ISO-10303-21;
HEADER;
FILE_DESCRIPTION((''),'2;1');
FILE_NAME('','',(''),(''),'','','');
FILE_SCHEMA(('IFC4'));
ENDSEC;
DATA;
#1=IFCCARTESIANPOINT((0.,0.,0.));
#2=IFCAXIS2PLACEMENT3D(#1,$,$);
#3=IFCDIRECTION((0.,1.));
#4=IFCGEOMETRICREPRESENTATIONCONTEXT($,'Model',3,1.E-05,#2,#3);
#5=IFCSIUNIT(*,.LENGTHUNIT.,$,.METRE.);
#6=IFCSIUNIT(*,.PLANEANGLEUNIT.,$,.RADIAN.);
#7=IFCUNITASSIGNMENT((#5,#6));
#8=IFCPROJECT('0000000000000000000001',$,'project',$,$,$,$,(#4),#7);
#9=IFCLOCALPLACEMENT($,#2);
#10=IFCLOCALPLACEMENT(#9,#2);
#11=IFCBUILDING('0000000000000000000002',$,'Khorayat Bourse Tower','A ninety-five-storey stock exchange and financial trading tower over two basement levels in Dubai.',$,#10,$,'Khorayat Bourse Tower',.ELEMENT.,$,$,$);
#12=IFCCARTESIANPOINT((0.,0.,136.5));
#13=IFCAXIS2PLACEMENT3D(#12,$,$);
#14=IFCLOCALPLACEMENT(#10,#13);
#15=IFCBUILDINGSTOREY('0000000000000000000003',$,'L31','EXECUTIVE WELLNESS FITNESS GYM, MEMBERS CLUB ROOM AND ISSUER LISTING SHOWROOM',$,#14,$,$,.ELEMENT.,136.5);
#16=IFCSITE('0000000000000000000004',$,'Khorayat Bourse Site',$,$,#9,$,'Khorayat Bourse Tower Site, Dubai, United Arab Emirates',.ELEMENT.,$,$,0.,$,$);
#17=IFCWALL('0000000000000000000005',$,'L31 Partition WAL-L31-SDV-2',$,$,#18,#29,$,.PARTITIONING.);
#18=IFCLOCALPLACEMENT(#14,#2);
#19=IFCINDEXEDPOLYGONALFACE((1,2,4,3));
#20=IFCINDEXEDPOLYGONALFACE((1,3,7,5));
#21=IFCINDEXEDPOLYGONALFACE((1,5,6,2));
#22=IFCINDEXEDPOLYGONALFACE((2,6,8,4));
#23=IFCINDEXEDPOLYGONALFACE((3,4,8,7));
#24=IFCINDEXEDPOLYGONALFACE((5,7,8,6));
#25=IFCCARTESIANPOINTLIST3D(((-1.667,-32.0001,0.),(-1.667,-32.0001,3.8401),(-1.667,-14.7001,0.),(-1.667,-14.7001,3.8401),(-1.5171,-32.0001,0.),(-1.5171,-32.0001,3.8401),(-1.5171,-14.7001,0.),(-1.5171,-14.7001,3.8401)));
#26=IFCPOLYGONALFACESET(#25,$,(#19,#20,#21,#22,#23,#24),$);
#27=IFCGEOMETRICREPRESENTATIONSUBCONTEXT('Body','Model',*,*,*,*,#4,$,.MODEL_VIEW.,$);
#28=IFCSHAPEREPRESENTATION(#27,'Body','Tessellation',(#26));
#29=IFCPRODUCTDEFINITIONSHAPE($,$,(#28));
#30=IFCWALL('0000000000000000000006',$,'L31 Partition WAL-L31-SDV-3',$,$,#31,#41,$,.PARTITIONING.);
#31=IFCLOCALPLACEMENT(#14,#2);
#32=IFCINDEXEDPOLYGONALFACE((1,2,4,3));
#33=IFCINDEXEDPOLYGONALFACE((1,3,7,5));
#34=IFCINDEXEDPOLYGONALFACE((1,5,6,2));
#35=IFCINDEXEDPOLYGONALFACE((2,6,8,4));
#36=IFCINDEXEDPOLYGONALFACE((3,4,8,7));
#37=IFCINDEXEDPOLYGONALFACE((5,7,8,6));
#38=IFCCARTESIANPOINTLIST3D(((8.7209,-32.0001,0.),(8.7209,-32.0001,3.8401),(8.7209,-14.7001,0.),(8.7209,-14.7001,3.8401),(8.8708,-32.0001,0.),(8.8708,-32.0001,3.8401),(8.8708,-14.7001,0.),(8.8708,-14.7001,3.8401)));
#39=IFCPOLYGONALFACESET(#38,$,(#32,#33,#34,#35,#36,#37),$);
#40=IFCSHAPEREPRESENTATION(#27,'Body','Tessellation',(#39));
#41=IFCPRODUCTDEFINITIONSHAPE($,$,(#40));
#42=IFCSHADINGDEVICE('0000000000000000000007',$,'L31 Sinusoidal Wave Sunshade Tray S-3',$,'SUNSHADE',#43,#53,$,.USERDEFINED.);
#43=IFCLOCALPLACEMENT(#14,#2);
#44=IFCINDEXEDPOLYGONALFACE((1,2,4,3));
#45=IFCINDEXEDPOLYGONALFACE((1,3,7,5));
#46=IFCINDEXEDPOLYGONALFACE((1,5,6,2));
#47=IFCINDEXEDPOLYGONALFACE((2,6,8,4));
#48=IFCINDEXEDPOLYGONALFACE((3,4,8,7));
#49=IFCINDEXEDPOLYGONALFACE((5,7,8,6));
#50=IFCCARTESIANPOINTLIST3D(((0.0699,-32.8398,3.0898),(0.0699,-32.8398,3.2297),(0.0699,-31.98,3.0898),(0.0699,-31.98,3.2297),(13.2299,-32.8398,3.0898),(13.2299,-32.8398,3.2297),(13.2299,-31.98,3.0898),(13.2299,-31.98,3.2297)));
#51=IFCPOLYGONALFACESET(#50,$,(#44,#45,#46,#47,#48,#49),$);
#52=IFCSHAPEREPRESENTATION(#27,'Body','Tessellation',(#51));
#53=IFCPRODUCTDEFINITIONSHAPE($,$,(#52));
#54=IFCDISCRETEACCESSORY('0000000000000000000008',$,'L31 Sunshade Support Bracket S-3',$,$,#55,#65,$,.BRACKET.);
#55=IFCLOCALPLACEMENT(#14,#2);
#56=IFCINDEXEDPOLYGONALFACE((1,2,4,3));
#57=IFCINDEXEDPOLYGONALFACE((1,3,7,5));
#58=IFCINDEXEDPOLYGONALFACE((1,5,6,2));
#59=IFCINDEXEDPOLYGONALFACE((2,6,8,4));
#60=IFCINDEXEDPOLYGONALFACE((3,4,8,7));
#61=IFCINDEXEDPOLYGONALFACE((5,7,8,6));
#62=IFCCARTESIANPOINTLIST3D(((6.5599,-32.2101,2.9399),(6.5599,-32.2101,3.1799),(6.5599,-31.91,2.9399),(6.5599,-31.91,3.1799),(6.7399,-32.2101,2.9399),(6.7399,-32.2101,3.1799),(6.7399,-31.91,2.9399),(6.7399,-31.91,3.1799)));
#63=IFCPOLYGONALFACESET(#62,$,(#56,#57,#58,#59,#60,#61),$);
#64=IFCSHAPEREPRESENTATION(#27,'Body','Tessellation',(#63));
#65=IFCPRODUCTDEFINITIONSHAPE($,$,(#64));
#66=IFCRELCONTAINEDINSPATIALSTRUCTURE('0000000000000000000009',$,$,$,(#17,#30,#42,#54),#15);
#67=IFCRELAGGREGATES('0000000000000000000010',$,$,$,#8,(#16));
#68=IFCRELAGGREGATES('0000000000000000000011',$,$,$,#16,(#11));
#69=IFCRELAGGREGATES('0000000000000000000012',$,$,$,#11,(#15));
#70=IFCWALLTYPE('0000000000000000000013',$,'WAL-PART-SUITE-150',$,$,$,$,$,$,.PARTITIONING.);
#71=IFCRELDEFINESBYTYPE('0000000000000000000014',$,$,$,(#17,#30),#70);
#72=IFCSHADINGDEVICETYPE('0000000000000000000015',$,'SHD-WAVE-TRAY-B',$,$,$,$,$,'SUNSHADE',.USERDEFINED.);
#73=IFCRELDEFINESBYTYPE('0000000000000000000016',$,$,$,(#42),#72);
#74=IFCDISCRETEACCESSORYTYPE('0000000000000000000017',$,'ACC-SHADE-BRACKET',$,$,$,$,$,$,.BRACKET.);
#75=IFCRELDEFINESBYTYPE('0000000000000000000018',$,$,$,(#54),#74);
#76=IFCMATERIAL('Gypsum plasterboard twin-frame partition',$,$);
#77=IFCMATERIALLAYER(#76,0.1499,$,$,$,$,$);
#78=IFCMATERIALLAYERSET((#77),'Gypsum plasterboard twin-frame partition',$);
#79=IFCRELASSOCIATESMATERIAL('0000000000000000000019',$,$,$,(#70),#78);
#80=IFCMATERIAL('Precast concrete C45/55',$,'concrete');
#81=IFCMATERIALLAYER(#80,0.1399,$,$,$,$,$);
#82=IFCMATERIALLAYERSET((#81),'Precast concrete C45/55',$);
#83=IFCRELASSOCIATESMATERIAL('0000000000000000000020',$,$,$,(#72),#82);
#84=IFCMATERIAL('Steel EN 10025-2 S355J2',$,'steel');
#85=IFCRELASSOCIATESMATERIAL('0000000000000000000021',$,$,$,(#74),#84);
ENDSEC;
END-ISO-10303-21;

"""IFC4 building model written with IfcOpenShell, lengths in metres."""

from ifc_helpers import new_model, si_unit, direction, frame, frame_2d, origin, origin_2d, place, context, subcontext, project, spatial, rectangle, extrude, source, transform, mapped, material, layer, layer_set, type_object, element, save


model = new_model("IFC4")

# Units and contexts
model_context = context("Model", 3, precision=1e-05, world=origin(), true_north=direction((0.0, 1.0)))
body_context = subcontext(model_context, "Body", "Model", "MODEL_VIEW")
ifc_project = project(units=[si_unit("LENGTHUNIT", "METRE"), si_unit("PLANEANGLEUNIT", "RADIAN")], contexts=[model_context])

# Site, building, storey
site_placement = place(None, origin())
site = spatial("IfcSite", under=ifc_project, at=site_placement, Name="Khorayat Bourse Site", LongName="Khorayat Bourse Tower Site, Dubai, United Arab Emirates", CompositionType="ELEMENT", RefElevation=0.0)
building_placement = place(site_placement, origin())
building = spatial("IfcBuilding", under=site, at=building_placement, Name="Khorayat Bourse Tower", Description="A ninety-five-storey stock exchange and financial trading tower over two basement levels in Dubai.", LongName="Khorayat Bourse Tower", CompositionType="ELEMENT")
storey_placement = place(building_placement, frame((0.0, 0.0, 136.5)))
storey = spatial("IfcBuildingStorey", under=building, at=storey_placement, Name="L31", Description="EXECUTIVE WELLNESS FITNESS GYM, MEMBERS CLUB ROOM AND ISSUER LISTING SHOWROOM", CompositionType="ELEMENT", Elevation=136.5)

# Shared definitions
ifc_material_1 = material(Name="Steel EN 10025-2 S355J2", Category="steel")

# Walls
ifc_material_2 = material(Name="Gypsum plasterboard twin-frame partition")
ifc_layer_1 = layer(ifc_material_2, 0.1499)
ifc_layer_set_1 = layer_set([ifc_layer_1], Name="Gypsum plasterboard twin-frame partition")
wall_type_1 = type_object("IfcWallType", Name="WAL-PART-SUITE-150", PredefinedType="PARTITIONING", material=ifc_layer_set_1)
shared_shape_1 = source(origin(), body_context, "Body", "SweptSolid", [
    extrude(rectangle(XDim=17.3, YDim=0.1499, at=frame_2d((8.6499, 0.0))), origin(), (0.0, 0.0, 1.0), 3.8401),
])
for number, where, z_axis, x_axis, name in (
    (1, (-1.592, -32.0, 0.0), (0.0, 0.0, 1.0), (0.0, 1.0, 0.0), "L31 Partition WAL-L31-SDV-2"),
    (2, (8.7959, -32.0, 0.0), (0.0, 0.0, 1.0), (0.0, 1.0, 0.0), "L31 Partition WAL-L31-SDV-3"),
):
    element("IfcWall", number, at=place(storey_placement, frame(where, z_axis=z_axis, x_axis=x_axis)), inside=storey, type_object=wall_type_1, Name=name, PredefinedType="PARTITIONING", context=body_context, shape_type="MappedRepresentation", body=[
        mapped(shared_shape_1, transform((0.0, 0.0, 0.0), scale=1.0)),
    ])

# Shading device
ifc_material_3 = material(Name="Precast concrete C45/55", Category="concrete")
ifc_layer_2 = layer(ifc_material_3, 0.1399)
ifc_layer_set_2 = layer_set([ifc_layer_2], Name="Precast concrete C45/55")
shading_device_type = type_object("IfcShadingDeviceType", Name="SHD-WAVE-TRAY-B", ElementType="SUNSHADE", PredefinedType="USERDEFINED", material=ifc_layer_set_2)
shared_shape_2 = source(origin(), body_context, "Body", "SweptSolid", [
    extrude(rectangle(XDim=13.1599, YDim=0.8599, at=origin_2d()), origin(), (0.0, 0.0, 1.0), 0.1399),
])
shading_device_placement = place(storey_placement, frame((6.6499, -32.4099, 3.0898), z_axis=(0.0, 0.0, 1.0), x_axis=(1.0, 0.0, 0.0)))
element("IfcShadingDevice", 3, at=shading_device_placement, inside=storey, type_object=shading_device_type, Name="L31 Sinusoidal Wave Sunshade Tray S-3", ObjectType="SUNSHADE", PredefinedType="USERDEFINED", context=body_context, shape_type="MappedRepresentation", body=[
    mapped(shared_shape_2, transform((0.0, 0.0, 0.0), scale=1.0)),
])

# Discrete accessory
discrete_accessory_type = type_object("IfcDiscreteAccessoryType", Name="ACC-SHADE-BRACKET", PredefinedType="BRACKET", material=ifc_material_1)
shared_shape_3 = source(origin(), body_context, "Body", "SweptSolid", [
    extrude(rectangle(XDim=0.1799, YDim=0.3, at=origin_2d()), origin(), (0.0, 0.0, 1.0), 0.24),
])
discrete_accessory_placement = place(storey_placement, frame((6.6499, -32.0601, 2.9399), z_axis=(0.0, 0.0, 1.0), x_axis=(1.0, 0.0, 0.0)))
element("IfcDiscreteAccessory", 4, at=discrete_accessory_placement, inside=storey, type_object=discrete_accessory_type, Name="L31 Sunshade Support Bracket S-3", PredefinedType="BRACKET", context=body_context, shape_type="MappedRepresentation", body=[
    mapped(shared_shape_3, transform((0.0, 0.0, 0.0), scale=1.0)),
])

save(model, "model.ifc")
